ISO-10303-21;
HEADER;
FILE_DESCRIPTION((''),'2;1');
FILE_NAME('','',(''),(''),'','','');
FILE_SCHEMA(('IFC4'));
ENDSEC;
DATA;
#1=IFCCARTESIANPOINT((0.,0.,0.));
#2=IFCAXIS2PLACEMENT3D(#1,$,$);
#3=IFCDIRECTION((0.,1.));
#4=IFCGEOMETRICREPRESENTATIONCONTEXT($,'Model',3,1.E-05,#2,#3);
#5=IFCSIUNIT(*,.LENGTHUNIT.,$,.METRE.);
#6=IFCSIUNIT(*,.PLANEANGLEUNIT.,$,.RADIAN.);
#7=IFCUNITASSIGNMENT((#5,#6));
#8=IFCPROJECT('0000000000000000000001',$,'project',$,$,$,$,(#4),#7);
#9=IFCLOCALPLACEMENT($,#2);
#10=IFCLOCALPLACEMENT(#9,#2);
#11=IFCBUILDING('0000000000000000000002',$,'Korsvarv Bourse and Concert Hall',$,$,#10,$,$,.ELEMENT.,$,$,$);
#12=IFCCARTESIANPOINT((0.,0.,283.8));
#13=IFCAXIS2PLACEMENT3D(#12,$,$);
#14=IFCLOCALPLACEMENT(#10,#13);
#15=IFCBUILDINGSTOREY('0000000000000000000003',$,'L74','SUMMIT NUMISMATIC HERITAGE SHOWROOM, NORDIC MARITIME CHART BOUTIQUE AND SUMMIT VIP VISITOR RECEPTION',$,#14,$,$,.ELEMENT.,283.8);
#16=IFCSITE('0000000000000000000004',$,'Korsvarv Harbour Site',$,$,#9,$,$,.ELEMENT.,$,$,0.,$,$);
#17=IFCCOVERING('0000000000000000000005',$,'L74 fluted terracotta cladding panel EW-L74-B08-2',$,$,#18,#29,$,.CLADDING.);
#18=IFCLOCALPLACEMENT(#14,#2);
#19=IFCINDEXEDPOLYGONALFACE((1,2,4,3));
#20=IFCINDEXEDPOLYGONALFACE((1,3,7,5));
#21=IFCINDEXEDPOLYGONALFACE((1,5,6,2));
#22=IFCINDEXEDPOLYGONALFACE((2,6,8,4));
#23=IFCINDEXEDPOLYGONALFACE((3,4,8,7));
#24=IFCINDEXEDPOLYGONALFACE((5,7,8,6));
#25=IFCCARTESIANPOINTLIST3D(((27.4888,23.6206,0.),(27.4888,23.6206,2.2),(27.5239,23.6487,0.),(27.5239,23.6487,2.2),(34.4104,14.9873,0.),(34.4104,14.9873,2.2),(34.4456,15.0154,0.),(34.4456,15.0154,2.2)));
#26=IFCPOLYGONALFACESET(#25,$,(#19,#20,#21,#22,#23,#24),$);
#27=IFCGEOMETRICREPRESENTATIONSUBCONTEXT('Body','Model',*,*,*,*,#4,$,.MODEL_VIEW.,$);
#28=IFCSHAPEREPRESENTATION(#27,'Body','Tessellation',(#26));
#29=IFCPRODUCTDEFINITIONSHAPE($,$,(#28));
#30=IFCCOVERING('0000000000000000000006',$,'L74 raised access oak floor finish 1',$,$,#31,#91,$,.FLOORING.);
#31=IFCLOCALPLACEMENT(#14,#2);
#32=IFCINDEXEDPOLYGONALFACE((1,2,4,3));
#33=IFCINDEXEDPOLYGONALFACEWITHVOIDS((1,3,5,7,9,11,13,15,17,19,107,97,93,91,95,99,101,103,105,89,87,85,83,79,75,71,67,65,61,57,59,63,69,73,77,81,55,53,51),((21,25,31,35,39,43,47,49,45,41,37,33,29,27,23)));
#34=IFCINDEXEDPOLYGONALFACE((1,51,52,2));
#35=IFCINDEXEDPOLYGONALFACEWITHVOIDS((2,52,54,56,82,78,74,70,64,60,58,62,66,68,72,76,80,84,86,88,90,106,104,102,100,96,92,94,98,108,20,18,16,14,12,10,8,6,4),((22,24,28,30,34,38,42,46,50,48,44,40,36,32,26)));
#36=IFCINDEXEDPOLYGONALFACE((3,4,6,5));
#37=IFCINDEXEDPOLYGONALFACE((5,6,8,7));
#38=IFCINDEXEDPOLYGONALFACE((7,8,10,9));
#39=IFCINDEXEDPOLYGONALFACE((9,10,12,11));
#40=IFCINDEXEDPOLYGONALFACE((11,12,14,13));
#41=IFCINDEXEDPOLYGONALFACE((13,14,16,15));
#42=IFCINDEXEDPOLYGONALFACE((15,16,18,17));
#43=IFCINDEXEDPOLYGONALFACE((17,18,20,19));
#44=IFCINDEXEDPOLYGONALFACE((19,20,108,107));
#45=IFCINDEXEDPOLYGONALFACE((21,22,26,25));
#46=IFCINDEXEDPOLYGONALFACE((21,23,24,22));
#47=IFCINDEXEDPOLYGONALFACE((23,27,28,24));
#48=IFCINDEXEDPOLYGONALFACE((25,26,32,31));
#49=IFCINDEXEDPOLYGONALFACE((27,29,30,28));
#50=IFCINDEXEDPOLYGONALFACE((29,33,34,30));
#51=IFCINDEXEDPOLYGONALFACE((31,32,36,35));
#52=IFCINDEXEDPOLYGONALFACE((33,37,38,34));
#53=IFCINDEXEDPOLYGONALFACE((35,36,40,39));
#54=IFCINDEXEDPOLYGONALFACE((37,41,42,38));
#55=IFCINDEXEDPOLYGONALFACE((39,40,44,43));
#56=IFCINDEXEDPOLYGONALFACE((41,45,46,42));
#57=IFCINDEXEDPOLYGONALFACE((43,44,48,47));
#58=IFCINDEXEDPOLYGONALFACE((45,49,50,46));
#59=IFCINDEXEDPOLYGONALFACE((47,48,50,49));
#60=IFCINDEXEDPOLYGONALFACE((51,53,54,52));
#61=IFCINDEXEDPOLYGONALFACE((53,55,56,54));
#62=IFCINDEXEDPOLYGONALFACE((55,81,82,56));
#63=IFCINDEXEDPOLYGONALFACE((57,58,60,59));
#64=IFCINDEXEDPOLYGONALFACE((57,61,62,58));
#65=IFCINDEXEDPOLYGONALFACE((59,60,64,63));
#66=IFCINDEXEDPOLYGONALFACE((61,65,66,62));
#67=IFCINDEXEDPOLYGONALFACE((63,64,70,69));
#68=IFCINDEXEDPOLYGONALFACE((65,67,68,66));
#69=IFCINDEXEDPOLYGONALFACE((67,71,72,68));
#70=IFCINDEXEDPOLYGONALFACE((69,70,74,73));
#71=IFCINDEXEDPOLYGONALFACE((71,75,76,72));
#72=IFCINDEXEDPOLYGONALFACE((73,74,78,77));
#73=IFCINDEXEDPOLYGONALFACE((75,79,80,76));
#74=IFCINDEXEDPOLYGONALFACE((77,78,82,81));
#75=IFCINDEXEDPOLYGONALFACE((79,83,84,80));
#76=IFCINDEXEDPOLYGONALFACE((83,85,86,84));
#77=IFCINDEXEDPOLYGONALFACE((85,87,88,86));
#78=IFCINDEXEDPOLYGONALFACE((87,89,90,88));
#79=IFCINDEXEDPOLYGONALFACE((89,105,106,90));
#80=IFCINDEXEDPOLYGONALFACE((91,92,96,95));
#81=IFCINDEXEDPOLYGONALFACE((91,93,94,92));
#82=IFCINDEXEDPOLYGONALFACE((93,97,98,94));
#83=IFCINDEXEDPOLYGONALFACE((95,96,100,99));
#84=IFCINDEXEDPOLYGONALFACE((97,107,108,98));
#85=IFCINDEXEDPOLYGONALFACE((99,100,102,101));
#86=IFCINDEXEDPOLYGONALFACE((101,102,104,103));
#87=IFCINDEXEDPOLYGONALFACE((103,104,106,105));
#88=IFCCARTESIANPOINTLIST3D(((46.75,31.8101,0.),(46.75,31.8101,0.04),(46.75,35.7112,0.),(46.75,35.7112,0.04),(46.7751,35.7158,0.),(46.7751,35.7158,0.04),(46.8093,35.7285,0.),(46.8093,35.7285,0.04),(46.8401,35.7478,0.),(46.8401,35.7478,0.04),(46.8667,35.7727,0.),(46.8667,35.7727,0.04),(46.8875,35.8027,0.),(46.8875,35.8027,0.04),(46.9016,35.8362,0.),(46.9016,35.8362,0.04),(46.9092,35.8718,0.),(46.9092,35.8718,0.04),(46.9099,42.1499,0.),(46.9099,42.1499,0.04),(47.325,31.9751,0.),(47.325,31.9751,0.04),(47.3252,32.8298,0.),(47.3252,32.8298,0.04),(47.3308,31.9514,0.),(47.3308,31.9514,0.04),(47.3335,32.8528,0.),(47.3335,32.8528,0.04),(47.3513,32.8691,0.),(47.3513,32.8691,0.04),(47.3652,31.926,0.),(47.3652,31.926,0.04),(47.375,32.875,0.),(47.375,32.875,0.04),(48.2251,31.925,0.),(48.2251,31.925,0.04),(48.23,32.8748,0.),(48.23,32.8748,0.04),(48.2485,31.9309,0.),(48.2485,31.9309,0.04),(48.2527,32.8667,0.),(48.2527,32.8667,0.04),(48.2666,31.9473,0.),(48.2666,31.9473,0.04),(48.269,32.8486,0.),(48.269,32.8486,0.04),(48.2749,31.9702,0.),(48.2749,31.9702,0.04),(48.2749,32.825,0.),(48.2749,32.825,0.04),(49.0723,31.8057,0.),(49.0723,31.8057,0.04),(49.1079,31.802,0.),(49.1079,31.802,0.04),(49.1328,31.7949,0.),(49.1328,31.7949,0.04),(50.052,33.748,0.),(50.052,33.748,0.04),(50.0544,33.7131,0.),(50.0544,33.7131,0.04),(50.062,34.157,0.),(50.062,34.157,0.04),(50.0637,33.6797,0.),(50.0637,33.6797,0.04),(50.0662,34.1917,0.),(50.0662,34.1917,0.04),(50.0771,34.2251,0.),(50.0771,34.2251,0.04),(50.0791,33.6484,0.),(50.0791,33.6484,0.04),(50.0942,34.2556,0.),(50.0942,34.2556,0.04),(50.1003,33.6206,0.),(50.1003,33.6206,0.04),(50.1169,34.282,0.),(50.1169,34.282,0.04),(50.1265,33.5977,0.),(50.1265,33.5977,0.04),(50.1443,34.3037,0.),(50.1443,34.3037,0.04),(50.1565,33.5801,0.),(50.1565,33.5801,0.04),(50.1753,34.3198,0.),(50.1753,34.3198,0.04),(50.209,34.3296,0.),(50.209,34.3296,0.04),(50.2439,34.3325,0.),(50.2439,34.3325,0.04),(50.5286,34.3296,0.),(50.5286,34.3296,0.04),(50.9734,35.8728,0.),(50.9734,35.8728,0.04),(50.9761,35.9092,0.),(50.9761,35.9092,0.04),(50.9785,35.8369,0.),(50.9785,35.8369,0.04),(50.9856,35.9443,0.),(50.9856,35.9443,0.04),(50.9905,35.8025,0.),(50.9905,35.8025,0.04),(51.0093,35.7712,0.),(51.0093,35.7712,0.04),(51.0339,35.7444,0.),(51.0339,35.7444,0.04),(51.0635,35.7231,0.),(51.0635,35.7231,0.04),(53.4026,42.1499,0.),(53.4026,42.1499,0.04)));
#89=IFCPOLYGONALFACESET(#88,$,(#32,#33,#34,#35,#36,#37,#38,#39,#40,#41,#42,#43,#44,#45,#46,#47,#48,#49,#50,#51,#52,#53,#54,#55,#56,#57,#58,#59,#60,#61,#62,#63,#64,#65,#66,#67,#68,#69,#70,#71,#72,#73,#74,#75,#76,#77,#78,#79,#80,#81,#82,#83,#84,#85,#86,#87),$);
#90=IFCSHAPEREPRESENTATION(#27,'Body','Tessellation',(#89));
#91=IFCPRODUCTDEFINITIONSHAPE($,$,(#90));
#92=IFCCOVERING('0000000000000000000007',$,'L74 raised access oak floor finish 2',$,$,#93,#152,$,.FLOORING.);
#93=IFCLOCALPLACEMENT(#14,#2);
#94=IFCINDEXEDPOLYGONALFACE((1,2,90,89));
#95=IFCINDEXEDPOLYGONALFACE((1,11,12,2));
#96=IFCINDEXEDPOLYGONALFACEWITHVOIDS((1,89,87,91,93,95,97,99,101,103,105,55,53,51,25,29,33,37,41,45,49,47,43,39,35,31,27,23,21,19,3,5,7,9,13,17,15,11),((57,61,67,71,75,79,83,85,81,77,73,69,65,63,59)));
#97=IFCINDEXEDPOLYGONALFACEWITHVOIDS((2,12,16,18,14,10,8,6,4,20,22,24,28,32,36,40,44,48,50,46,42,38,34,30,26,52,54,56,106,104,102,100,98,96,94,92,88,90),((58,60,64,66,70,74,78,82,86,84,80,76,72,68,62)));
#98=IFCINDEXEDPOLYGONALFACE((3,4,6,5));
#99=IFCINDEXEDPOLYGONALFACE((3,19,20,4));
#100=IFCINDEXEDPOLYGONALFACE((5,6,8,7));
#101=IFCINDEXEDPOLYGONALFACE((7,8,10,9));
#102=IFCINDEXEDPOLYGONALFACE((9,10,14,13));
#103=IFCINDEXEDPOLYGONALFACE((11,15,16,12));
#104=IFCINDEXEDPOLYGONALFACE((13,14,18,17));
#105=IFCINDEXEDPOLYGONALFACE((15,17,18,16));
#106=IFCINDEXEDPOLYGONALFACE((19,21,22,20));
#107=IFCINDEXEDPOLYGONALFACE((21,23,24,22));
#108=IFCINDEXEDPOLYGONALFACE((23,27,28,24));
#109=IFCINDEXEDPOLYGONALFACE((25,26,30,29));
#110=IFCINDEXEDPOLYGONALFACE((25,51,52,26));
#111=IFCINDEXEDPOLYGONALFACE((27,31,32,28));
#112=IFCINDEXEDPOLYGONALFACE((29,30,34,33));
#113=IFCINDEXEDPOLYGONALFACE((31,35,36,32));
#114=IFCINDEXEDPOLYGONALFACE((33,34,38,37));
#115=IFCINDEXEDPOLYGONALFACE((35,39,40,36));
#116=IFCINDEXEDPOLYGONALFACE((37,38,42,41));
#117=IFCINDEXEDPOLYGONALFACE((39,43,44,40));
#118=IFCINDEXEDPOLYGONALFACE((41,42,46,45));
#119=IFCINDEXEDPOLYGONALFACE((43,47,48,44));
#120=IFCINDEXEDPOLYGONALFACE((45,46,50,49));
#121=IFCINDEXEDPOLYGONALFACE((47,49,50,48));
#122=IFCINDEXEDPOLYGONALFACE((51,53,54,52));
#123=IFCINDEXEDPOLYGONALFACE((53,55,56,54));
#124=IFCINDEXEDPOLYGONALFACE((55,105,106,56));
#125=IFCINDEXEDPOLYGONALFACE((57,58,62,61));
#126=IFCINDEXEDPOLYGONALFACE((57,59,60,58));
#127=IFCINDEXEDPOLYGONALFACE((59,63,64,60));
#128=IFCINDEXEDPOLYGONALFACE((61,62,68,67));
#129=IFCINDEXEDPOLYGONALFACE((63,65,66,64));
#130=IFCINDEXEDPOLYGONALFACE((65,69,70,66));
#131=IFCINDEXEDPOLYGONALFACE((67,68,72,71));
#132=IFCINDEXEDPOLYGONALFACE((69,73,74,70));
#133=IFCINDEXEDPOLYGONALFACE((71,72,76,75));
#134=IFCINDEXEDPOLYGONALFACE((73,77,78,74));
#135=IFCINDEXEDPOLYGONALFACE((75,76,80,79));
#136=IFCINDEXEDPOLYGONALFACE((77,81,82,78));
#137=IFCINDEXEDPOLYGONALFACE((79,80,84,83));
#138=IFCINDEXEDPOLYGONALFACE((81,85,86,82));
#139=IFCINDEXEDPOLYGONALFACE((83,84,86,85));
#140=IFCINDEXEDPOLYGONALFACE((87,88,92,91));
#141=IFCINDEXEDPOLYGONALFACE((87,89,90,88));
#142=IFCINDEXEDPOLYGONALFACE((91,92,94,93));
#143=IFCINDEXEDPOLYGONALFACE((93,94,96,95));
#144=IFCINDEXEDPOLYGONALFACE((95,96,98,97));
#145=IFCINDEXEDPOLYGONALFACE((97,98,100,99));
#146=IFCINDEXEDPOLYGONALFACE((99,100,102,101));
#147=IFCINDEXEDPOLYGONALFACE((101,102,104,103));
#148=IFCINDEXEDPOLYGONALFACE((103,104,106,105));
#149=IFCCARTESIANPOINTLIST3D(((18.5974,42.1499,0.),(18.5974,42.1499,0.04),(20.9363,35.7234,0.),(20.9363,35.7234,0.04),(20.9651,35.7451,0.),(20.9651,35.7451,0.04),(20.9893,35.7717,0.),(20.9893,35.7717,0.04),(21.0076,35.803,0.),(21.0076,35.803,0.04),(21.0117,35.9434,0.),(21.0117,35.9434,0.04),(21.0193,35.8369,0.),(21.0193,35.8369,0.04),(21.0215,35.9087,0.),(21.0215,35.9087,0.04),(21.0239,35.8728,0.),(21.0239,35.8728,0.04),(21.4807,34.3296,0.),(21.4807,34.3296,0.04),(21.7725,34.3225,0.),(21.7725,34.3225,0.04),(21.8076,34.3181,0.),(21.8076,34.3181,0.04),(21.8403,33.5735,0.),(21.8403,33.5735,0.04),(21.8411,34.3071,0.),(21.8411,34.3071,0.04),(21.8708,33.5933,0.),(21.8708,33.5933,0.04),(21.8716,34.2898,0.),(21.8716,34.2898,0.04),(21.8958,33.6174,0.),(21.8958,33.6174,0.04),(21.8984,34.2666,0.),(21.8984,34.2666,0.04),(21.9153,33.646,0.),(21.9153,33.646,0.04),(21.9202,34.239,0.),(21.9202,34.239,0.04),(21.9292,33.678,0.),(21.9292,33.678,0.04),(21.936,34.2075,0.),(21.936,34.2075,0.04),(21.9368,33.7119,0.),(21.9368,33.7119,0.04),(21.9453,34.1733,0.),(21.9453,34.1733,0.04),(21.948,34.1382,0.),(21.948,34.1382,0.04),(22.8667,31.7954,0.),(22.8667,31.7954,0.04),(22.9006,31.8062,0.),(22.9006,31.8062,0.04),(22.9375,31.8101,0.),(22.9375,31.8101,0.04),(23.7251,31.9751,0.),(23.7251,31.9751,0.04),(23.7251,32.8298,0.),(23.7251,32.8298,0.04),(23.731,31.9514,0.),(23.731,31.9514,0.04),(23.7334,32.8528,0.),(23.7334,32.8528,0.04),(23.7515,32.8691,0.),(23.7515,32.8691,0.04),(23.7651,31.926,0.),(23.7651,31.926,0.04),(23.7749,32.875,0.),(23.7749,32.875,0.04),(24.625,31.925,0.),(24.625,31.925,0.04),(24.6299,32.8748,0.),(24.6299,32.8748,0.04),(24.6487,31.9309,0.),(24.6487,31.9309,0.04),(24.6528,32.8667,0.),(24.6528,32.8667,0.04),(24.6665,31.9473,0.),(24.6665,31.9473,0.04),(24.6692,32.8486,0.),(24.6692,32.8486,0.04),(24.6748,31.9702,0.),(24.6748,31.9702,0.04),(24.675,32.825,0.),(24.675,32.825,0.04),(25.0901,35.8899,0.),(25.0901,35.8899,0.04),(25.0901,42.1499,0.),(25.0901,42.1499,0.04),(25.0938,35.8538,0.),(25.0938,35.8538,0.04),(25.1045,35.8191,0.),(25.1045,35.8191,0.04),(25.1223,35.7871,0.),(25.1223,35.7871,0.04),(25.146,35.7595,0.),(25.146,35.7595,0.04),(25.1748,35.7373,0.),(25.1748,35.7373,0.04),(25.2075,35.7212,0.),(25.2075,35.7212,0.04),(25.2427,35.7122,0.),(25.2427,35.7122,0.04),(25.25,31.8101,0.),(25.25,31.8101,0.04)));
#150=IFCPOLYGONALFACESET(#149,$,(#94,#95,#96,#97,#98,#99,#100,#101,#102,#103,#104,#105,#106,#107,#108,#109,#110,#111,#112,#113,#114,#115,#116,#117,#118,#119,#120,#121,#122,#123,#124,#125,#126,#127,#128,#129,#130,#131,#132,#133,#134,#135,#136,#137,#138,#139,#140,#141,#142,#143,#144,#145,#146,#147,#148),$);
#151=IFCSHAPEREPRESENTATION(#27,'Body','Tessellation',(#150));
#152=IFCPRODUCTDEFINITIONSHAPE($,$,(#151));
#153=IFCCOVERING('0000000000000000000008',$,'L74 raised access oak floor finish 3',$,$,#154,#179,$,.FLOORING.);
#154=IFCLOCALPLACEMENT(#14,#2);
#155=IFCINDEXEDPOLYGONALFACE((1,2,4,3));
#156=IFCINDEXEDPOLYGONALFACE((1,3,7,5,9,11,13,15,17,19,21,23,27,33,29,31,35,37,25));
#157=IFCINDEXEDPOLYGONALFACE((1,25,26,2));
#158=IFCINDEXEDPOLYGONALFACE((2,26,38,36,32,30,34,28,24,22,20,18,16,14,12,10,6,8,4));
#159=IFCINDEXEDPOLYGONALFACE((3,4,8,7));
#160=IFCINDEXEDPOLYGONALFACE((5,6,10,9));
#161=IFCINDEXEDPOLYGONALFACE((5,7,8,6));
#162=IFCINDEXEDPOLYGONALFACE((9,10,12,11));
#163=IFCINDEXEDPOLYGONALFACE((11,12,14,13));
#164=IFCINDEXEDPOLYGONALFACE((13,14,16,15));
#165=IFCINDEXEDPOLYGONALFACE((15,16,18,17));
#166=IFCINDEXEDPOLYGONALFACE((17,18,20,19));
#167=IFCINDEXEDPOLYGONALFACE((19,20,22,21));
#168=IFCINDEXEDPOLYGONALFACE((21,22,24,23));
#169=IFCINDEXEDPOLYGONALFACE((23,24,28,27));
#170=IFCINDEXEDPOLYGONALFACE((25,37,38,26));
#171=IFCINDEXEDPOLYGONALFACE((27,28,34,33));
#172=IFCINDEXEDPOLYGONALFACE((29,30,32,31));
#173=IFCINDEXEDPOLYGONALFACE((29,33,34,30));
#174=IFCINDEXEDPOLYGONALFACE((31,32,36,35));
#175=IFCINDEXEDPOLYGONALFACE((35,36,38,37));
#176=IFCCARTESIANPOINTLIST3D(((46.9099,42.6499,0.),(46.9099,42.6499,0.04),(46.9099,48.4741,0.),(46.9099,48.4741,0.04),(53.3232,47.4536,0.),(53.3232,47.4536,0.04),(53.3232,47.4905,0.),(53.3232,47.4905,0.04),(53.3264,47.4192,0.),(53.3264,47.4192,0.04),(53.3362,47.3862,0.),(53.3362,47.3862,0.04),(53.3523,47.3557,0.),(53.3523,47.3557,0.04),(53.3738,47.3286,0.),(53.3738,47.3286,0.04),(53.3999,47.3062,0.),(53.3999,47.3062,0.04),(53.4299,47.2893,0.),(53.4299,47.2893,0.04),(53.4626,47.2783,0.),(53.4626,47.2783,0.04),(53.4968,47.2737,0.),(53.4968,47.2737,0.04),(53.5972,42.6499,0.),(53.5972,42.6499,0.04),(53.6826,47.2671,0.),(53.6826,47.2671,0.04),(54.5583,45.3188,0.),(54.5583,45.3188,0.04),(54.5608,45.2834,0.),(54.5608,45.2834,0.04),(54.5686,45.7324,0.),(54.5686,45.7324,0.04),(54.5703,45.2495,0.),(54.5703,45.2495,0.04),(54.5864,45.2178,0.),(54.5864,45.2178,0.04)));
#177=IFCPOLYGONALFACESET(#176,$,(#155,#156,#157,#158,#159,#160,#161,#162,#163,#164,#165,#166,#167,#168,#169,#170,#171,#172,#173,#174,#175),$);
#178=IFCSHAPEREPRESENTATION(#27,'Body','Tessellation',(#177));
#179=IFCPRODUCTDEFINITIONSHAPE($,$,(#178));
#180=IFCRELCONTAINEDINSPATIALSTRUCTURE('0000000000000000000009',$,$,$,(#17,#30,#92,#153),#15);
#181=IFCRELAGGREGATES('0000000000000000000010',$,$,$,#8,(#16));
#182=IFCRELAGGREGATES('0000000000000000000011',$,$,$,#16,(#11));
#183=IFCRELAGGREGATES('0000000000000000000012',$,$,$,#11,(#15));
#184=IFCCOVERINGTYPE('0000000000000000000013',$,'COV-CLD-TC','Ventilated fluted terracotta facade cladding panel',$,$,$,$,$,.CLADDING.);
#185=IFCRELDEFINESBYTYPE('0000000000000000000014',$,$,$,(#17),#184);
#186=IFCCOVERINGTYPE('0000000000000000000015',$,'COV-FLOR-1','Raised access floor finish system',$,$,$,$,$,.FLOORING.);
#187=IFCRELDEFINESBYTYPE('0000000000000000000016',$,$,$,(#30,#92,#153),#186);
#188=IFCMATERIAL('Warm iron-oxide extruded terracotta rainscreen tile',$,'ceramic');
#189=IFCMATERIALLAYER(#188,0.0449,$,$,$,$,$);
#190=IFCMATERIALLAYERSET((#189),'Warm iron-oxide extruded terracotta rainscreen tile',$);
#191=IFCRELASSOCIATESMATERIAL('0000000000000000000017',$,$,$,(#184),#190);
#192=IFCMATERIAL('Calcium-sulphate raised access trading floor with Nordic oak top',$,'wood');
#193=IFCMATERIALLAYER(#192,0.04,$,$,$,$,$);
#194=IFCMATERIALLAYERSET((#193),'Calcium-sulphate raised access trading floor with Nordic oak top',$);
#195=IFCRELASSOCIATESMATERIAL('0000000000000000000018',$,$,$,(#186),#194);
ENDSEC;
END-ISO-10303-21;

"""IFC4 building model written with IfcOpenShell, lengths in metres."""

from ifc_helpers import new_model, si_unit, direction, frame, origin, place, context, subcontext, project, spatial, polyline, outline, extrude, material, layer, layer_set, type_object, element, save


model = new_model("IFC4")

# Units and contexts
model_context = context("Model", 3, precision=1e-05, world=origin(), true_north=direction((0.0, 1.0)))
body_context = subcontext(model_context, "Body", "Model", "MODEL_VIEW")
ifc_project = project(units=[si_unit("LENGTHUNIT", "METRE"), si_unit("PLANEANGLEUNIT", "RADIAN")], contexts=[model_context])

# Site, building, storey
site_placement = place(None, origin())
site = spatial("IfcSite", under=ifc_project, at=site_placement, Name="Korsvarv Harbour Site", CompositionType="ELEMENT", RefElevation=0.0)
building_placement = place(site_placement, origin())
building = spatial("IfcBuilding", under=site, at=building_placement, Name="Korsvarv Bourse and Concert Hall", CompositionType="ELEMENT")
storey_placement = place(building_placement, frame((0.0, 0.0, 283.8)))
storey = spatial("IfcBuildingStorey", under=building, at=storey_placement, Name="L74", Description="SUMMIT NUMISMATIC HERITAGE SHOWROOM, NORDIC MARITIME CHART BOUTIQUE AND SUMMIT VIP VISITOR RECEPTION", CompositionType="ELEMENT", Elevation=283.8)

# Coverings
ifc_material_1 = material(Name="Warm iron-oxide extruded terracotta rainscreen tile", Category="ceramic")
ifc_layer_1 = layer(ifc_material_1, 0.0449)
ifc_layer_set_1 = layer_set([ifc_layer_1], Name="Warm iron-oxide extruded terracotta rainscreen tile")
covering_type_1 = type_object("IfcCoveringType", Name="COV-CLD-TC", Description="Ventilated fluted terracotta facade cladding panel", PredefinedType="CLADDING", material=ifc_layer_set_1)
covering_1_placement = place(storey_placement, origin())
element("IfcCovering", 1, at=covering_1_placement, inside=storey, type_object=covering_type_1, Name="L74 fluted terracotta cladding panel EW-L74-B08-2", PredefinedType="CLADDING", context=body_context, shape_type="SweptSolid", body=[
    extrude(outline(polyline([(27.5239, 23.6487), (34.4456, 15.0154), (34.4104, 14.9873), (27.4888, 23.6206), (27.5239, 23.6487)])), origin(), (0.0, 0.0, 1.0), 2.2),
])
ifc_material_2 = material(Name="Calcium-sulphate raised access trading floor with Nordic oak top", Category="wood")
ifc_layer_2 = layer(ifc_material_2, 0.04)
ifc_layer_set_2 = layer_set([ifc_layer_2], Name="Calcium-sulphate raised access trading floor with Nordic oak top")
covering_type_2 = type_object("IfcCoveringType", Name="COV-FLOR-1", Description="Raised access floor finish system", PredefinedType="FLOORING", material=ifc_layer_set_2)
covering_2_placement = place(storey_placement, origin())
element("IfcCovering", 2, at=covering_2_placement, inside=storey, type_object=covering_type_2, Name="L74 raised access oak floor finish 1", PredefinedType="FLOORING", context=body_context, shape_type="SweptSolid", body=[
    extrude(outline(polyline([(46.75, 35.7112), (46.7751, 35.7158), (46.8093, 35.7285), (46.8401, 35.7478), (46.8667, 35.7727), (46.8875, 35.8027), (46.9016, 35.8362), (46.9092, 35.8718), (46.9099, 42.1499), (53.4026, 42.1499), (50.9856, 35.9443), (50.9761, 35.9092), (50.9734, 35.8728), (50.9785, 35.8369), (50.9905, 35.8025), (51.0093, 35.7712), (51.0339, 35.7444), (51.0635, 35.7231), (50.5286, 34.3296), (50.2439, 34.3325), (50.209, 34.3296), (50.1753, 34.3198), (50.1443, 34.3037), (50.1169, 34.282), (50.0942, 34.2556), (50.0771, 34.2251), (50.0662, 34.1917), (50.062, 34.157), (50.052, 33.748), (50.0544, 33.7131), (50.0637, 33.6797), (50.0791, 33.6484), (50.1003, 33.6206), (50.1265, 33.5977), (50.1565, 33.5801), (49.1328, 31.7949), (49.1079, 31.802), (49.0723, 31.8057), (46.75, 31.8101), (46.75, 35.7112)]), holes=[polyline([(47.3652, 31.926), (48.2251, 31.925), (48.2485, 31.9309), (48.2666, 31.9473), (48.2749, 31.9702), (48.2749, 32.825), (48.269, 32.8486), (48.2527, 32.8667), (48.23, 32.8748), (47.375, 32.875), (47.3513, 32.8691), (47.3335, 32.8528), (47.3252, 32.8298), (47.325, 31.9751), (47.3308, 31.9514), (47.3652, 31.926)])]), origin(), (0.0, 0.0, 1.0), 0.04),
])
covering_3_placement = place(storey_placement, origin())
element("IfcCovering", 3, at=covering_3_placement, inside=storey, type_object=covering_type_2, Name="L74 raised access oak floor finish 2", PredefinedType="FLOORING", context=body_context, shape_type="SweptSolid", body=[
    extrude(outline(polyline([(20.9363, 35.7234), (20.9651, 35.7451), (20.9893, 35.7717), (21.0076, 35.803), (21.0193, 35.8369), (21.0239, 35.8728), (21.0215, 35.9087), (21.0117, 35.9434), (18.5974, 42.1499), (25.0901, 42.1499), (25.0901, 35.8899), (25.0938, 35.8538), (25.1045, 35.8191), (25.1223, 35.7871), (25.146, 35.7595), (25.1748, 35.7373), (25.2075, 35.7212), (25.2427, 35.7122), (25.25, 31.8101), (22.9375, 31.8101), (22.9006, 31.8062), (22.8667, 31.7954), (21.8403, 33.5735), (21.8708, 33.5933), (21.8958, 33.6174), (21.9153, 33.646), (21.9292, 33.678), (21.9368, 33.7119), (21.948, 34.1382), (21.9453, 34.1733), (21.936, 34.2075), (21.9202, 34.239), (21.8984, 34.2666), (21.8716, 34.2898), (21.8411, 34.3071), (21.8076, 34.3181), (21.7725, 34.3225), (21.4807, 34.3296), (20.9363, 35.7234)]), holes=[polyline([(23.7651, 31.926), (24.625, 31.925), (24.6487, 31.9309), (24.6665, 31.9473), (24.6748, 31.9702), (24.675, 32.825), (24.6692, 32.8486), (24.6528, 32.8667), (24.6299, 32.8748), (23.7749, 32.875), (23.7515, 32.8691), (23.7334, 32.8528), (23.7251, 32.8298), (23.7251, 31.9751), (23.731, 31.9514), (23.7651, 31.926)])]), origin(), (0.0, 0.0, 1.0), 0.04),
])
covering_4_placement = place(storey_placement, origin())
element("IfcCovering", 4, at=covering_4_placement, inside=storey, type_object=covering_type_2, Name="L74 raised access oak floor finish 3", PredefinedType="FLOORING", context=body_context, shape_type="SweptSolid", body=[
    extrude(outline(polyline([(53.3232, 47.4536), (53.3264, 47.4192), (53.3362, 47.3862), (53.3523, 47.3557), (53.3738, 47.3286), (53.3999, 47.3062), (53.4299, 47.2893), (53.4626, 47.2783), (53.4968, 47.2737), (53.6826, 47.2671), (54.5686, 45.7324), (54.5583, 45.3188), (54.5608, 45.2834), (54.5703, 45.2495), (54.5864, 45.2178), (53.5972, 42.6499), (46.9099, 42.6499), (46.9099, 48.4741), (53.3232, 47.4905), (53.3232, 47.4536)])), origin(), (0.0, 0.0, 1.0), 0.04),
])

save(model, "model.ifc")
